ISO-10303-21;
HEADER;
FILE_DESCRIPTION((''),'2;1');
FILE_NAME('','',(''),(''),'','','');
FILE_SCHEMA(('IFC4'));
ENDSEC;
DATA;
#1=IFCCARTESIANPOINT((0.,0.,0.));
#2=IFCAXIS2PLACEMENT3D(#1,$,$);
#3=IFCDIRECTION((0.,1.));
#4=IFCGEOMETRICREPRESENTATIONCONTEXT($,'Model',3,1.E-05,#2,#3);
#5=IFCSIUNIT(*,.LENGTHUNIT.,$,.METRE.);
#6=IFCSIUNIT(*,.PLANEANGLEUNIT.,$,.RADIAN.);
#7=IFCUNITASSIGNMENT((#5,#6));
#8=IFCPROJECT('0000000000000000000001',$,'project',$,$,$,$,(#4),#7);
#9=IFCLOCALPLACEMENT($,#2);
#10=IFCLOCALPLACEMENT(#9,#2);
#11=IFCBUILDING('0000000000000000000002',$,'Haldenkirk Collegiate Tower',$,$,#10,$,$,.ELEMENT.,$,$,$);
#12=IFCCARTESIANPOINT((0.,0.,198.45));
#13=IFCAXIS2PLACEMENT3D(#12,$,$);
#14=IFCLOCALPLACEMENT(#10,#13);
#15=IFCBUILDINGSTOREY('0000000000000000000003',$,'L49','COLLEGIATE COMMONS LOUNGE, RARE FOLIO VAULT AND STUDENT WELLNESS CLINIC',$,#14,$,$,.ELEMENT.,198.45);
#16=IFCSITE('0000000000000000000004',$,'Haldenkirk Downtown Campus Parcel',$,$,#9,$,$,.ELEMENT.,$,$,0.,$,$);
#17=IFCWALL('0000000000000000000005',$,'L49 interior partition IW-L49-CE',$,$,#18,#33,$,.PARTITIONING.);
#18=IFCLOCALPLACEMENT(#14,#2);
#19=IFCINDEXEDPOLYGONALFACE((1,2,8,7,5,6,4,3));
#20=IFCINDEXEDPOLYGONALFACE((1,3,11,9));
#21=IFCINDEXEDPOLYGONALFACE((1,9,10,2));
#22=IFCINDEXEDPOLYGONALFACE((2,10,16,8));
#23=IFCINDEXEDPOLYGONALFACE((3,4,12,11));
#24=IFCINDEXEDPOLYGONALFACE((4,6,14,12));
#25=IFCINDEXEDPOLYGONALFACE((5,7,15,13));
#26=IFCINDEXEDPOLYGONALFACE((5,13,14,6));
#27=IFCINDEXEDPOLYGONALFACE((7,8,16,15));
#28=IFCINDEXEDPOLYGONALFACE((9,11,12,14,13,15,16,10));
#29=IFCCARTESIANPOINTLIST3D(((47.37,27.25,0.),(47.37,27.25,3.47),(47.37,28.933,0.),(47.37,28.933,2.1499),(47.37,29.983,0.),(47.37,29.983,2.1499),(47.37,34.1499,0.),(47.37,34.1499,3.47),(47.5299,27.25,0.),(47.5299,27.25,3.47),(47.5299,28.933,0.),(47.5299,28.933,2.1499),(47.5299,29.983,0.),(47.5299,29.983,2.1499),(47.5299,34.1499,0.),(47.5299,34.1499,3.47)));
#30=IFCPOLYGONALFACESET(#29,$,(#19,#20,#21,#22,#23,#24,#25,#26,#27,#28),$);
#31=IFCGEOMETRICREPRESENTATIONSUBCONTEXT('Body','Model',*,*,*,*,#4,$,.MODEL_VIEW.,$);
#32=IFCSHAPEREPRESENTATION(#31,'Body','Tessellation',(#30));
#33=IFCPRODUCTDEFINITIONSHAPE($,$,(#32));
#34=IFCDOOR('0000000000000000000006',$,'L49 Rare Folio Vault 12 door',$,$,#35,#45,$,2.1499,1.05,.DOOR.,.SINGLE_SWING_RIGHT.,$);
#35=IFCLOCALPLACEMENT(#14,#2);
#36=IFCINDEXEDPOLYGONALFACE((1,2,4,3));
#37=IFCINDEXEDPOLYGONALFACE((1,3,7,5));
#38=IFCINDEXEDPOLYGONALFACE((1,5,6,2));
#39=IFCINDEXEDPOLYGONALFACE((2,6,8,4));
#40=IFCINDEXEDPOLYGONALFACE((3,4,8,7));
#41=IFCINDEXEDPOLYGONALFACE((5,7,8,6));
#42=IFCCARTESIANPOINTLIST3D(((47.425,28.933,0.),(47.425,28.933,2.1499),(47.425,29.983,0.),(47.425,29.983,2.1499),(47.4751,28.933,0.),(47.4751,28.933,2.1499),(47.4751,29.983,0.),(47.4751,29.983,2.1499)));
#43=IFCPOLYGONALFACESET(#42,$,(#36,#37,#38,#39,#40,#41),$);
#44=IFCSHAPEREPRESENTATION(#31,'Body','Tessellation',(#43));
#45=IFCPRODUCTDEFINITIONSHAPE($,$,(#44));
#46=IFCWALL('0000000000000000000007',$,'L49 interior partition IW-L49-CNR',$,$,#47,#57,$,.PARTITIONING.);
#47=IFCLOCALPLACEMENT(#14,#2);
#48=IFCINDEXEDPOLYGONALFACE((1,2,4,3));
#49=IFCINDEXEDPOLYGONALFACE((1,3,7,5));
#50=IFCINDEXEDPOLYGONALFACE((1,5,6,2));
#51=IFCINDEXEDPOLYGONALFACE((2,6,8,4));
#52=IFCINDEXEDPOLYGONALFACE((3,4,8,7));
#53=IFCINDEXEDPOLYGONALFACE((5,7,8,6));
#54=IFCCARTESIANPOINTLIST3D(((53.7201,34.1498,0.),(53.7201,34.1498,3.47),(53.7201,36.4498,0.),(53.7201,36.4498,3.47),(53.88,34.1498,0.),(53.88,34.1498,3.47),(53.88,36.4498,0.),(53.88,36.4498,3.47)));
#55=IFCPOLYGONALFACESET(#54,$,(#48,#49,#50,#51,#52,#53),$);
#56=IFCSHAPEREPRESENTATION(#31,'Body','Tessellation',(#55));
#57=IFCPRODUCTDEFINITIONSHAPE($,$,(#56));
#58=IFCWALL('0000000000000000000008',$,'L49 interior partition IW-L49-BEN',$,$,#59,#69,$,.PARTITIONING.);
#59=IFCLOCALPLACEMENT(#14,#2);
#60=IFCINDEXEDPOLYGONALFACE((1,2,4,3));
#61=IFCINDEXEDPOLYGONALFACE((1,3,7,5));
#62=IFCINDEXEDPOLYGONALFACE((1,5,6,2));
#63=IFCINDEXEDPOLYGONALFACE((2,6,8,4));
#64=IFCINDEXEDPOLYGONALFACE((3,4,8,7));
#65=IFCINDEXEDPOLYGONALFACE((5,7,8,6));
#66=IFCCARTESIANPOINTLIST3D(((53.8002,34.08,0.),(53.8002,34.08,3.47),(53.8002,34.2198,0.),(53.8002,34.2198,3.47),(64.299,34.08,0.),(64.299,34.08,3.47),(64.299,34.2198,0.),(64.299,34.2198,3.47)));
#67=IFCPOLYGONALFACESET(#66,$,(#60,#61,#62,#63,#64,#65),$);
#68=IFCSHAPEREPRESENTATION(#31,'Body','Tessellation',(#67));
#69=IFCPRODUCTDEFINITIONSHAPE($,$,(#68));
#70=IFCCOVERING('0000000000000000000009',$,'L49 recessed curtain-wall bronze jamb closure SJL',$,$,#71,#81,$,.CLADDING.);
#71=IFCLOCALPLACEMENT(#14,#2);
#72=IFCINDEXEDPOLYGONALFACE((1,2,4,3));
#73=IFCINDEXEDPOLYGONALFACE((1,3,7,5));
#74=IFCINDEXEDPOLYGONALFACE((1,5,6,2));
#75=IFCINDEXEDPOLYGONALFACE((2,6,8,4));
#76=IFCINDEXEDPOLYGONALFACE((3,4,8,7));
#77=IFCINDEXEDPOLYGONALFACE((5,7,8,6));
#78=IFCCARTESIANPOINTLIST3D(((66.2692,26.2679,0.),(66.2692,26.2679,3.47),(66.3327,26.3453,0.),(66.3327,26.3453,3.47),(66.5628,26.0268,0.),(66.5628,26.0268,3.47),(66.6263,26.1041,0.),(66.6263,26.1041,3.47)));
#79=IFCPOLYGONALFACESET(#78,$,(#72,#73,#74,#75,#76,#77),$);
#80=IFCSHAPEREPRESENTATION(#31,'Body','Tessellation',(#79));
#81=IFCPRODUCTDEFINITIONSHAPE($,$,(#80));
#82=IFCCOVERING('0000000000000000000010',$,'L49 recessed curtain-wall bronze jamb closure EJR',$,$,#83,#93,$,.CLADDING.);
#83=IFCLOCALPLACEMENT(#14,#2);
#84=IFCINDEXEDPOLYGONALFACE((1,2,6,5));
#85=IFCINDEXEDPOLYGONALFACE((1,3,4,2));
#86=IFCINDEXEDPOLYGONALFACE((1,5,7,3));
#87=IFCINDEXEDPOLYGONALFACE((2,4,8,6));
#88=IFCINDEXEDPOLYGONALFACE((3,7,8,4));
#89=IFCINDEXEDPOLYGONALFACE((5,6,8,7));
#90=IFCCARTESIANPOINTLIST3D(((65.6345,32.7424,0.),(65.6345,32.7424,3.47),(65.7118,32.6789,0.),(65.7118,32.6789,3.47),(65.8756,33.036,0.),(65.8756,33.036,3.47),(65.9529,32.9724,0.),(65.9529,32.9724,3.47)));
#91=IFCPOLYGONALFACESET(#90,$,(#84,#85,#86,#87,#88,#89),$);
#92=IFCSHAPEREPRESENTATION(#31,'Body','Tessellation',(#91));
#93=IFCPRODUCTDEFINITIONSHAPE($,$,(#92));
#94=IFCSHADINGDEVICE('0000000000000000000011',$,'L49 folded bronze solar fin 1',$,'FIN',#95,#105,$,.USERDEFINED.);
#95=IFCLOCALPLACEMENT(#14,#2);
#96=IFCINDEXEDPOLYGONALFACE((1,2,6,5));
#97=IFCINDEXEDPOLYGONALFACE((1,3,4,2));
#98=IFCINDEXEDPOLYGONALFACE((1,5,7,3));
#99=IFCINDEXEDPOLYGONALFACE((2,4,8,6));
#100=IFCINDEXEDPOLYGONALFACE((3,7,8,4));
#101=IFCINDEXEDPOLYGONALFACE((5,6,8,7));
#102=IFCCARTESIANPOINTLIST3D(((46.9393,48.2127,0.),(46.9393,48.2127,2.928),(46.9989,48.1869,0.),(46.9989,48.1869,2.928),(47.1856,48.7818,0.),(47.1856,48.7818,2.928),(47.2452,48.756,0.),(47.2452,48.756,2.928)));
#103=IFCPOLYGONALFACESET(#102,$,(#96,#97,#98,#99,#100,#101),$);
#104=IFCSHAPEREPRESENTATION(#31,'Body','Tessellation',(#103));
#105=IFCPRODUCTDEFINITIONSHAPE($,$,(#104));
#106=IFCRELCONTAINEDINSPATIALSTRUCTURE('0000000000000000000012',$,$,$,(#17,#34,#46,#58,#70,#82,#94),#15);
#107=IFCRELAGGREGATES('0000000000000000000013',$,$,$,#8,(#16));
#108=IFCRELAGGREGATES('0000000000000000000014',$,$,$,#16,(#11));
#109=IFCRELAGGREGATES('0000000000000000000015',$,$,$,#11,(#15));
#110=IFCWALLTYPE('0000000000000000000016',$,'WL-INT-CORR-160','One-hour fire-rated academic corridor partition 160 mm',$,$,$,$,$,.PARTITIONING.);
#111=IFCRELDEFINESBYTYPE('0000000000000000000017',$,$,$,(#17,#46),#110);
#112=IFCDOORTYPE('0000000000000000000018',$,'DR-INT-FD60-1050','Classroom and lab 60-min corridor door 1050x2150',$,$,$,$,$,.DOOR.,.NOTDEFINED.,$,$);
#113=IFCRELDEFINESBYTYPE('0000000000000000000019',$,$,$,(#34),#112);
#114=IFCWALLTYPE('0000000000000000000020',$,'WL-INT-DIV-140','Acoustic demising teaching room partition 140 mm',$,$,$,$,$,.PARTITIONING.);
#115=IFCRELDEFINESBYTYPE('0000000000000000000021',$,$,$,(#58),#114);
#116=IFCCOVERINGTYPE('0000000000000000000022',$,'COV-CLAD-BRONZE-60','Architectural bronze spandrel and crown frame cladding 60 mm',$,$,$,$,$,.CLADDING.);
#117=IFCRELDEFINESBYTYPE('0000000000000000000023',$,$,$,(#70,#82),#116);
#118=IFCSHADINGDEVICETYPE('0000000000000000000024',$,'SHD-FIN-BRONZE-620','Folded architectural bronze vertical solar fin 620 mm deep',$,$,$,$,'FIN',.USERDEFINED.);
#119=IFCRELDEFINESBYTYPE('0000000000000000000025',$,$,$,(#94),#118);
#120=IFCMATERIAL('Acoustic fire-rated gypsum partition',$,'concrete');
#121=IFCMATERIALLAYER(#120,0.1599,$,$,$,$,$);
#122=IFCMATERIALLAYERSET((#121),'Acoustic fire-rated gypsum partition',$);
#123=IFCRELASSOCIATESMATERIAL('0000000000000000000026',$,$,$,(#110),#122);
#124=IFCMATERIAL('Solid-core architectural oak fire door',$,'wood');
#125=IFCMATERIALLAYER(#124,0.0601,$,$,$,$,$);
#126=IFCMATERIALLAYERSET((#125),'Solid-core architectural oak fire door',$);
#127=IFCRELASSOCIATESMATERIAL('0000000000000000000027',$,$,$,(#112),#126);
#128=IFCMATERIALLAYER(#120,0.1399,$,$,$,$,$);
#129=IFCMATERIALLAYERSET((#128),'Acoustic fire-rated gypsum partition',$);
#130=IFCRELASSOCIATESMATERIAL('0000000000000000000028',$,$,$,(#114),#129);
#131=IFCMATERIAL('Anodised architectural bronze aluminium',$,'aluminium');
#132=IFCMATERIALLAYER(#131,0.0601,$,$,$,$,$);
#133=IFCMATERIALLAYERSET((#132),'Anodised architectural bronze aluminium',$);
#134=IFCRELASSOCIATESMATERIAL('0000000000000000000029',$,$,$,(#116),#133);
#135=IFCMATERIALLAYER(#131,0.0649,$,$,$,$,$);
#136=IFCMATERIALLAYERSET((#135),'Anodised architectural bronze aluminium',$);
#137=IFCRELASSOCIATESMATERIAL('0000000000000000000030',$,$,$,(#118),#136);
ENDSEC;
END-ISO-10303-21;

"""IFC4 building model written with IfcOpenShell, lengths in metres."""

from ifc_helpers import new_model, si_unit, direction, frame, frame_2d, origin, origin_2d, place, context, subcontext, project, spatial, rectangle, extrude, source, transform, mapped, material, layer, layer_set, type_object, element, fill, save


model = new_model("IFC4")

# Units and contexts
model_context = context("Model", 3, precision=1e-05, world=origin(), true_north=direction((0.0, 1.0)))
body_context = subcontext(model_context, "Body", "Model", "MODEL_VIEW")
ifc_project = project(units=[si_unit("LENGTHUNIT", "METRE"), si_unit("PLANEANGLEUNIT", "RADIAN")], contexts=[model_context])

# Site, building, storey
site_placement = place(None, origin())
site = spatial("IfcSite", under=ifc_project, at=site_placement, Name="Haldenkirk Downtown Campus Parcel", CompositionType="ELEMENT", RefElevation=0.0)
building_placement = place(site_placement, origin())
building = spatial("IfcBuilding", under=site, at=building_placement, Name="Haldenkirk Collegiate Tower", CompositionType="ELEMENT")
storey_placement = place(building_placement, frame((0.0, 0.0, 198.45)))
storey = spatial("IfcBuildingStorey", under=building, at=storey_placement, Name="L49", Description="COLLEGIATE COMMONS LOUNGE, RARE FOLIO VAULT AND STUDENT WELLNESS CLINIC", CompositionType="ELEMENT", Elevation=198.45)

# Shared definitions
ifc_material_1 = material(Name="Anodised architectural bronze aluminium", Category="aluminium")

# Shared definitions
ifc_material_2 = material(Name="Acoustic fire-rated gypsum partition", Category="concrete")
ifc_layer_1 = layer(ifc_material_2, 0.1599)
ifc_layer_set_1 = layer_set([ifc_layer_1], Name="Acoustic fire-rated gypsum partition")
wall_type_1 = type_object("IfcWallType", Name="WL-INT-CORR-160", Description="One-hour fire-rated academic corridor partition 160 mm", PredefinedType="PARTITIONING", material=ifc_layer_set_1)

# Wall, opening, door
wall_1_placement = place(storey_placement, frame((47.45, 27.25, 0.0), z_axis=(0.0, 0.0, 1.0), x_axis=(0.0, 1.0, 0.0)))
wall_1 = element("IfcWall", 1, at=wall_1_placement, inside=storey, type_object=wall_type_1, Name="L49 interior partition IW-L49-CE", PredefinedType="PARTITIONING", context=body_context, shape_type="SweptSolid", body=[
    extrude(rectangle(XDim=6.8999, YDim=0.1599, at=frame_2d((3.45, 0.0))), origin(), (0.0, 0.0, 1.0), 3.47),
])
opening_1_placement = place(wall_1_placement, frame((1.6831, 0.0, 0.0)))
opening_1 = element("IfcOpeningElement", 2, at=opening_1_placement, cuts=wall_1, PredefinedType="OPENING", context=body_context, shape_type="SweptSolid", body=[
    extrude(rectangle(XDim=1.05, YDim=2.1499, at=frame_2d((0.5249, 1.075))), frame((0.0, 0.0898, 0.0), z_axis=(0.0, -1.0, 0.0), x_axis=(1.0, 0.0, 0.0)), (0.0, 0.0, 1.0), 0.1799),
])
ifc_material_3 = material(Name="Solid-core architectural oak fire door", Category="wood")
ifc_layer_2 = layer(ifc_material_3, 0.0601)
ifc_layer_set_2 = layer_set([ifc_layer_2], Name="Solid-core architectural oak fire door")
door_type = type_object("IfcDoorType", Name="DR-INT-FD60-1050", Description="Classroom and lab 60-min corridor door 1050x2150", OperationType="NOTDEFINED", PredefinedType="DOOR", material=ifc_layer_set_2)
door_placement = place(opening_1_placement, origin())
door = element("IfcDoor", 3, at=door_placement, inside=storey, type_object=door_type, Name="L49 Rare Folio Vault 12 door", OperationType="SINGLE_SWING_RIGHT", OverallHeight=2.1499, OverallWidth=1.05, PredefinedType="DOOR", context=body_context, shape_type="SweptSolid", body=[
    extrude(rectangle(XDim=1.05, YDim=2.1499, at=frame_2d((0.5249, 1.075))), frame((0.0, 0.0249, 0.0), z_axis=(0.0, -1.0, 0.0), x_axis=(1.0, 0.0, 0.0)), (0.0, 0.0, 1.0), 0.05),
])
fill(opening_1, door)

# Walls
wall_2_placement = place(storey_placement, frame((53.8, 34.1499, 0.0), z_axis=(0.0, 0.0, 1.0), x_axis=(0.0, 1.0, 0.0)))
element("IfcWall", 4, at=wall_2_placement, inside=storey, type_object=wall_type_1, Name="L49 interior partition IW-L49-CNR", PredefinedType="PARTITIONING", context=body_context, shape_type="SweptSolid", body=[
    extrude(rectangle(XDim=2.3, YDim=0.1599, at=frame_2d((1.1499, 0.0))), origin(), (0.0, 0.0, 1.0), 3.47),
])
ifc_layer_3 = layer(ifc_material_2, 0.1399)
ifc_layer_set_3 = layer_set([ifc_layer_3], Name="Acoustic fire-rated gypsum partition")
wall_type_2 = type_object("IfcWallType", Name="WL-INT-DIV-140", Description="Acoustic demising teaching room partition 140 mm", PredefinedType="PARTITIONING", material=ifc_layer_set_3)
wall_3_placement = place(storey_placement, frame((53.8, 34.1499, 0.0), z_axis=(0.0, 0.0, 1.0), x_axis=(1.0, 0.0, 0.0)))
element("IfcWall", 5, at=wall_3_placement, inside=storey, type_object=wall_type_2, Name="L49 interior partition IW-L49-BEN", PredefinedType="PARTITIONING", context=body_context, shape_type="SweptSolid", body=[
    extrude(rectangle(XDim=10.4988, YDim=0.1399, at=frame_2d((5.2495, 0.0))), origin(), (0.0, 0.0, 1.0), 3.47),
])

# Coverings
ifc_layer_4 = layer(ifc_material_1, 0.0601)
ifc_layer_set_4 = layer_set([ifc_layer_4], Name="Anodised architectural bronze aluminium")
covering_type = type_object("IfcCoveringType", Name="COV-CLAD-BRONZE-60", Description="Architectural bronze spandrel and crown frame cladding 60 mm", PredefinedType="CLADDING", material=ifc_layer_set_4)
shared_shape_1 = source(origin(), body_context, "Body", "SweptSolid", [
    extrude(rectangle(XDim=0.1001, YDim=0.3799, at=origin_2d()), origin(), (0.0, 0.0, 1.0), 3.47),
])
for number, where, z_axis, x_axis, name in (
    (6, (66.4478, 26.186, 0.0), (0.0, 0.0, 1.0), (-0.634731, -0.772734, 0.0), "L49 recessed curtain-wall bronze jamb closure SJL"),
    (7, (65.7937, 32.8574, 0.0), (0.0, 0.0, 1.0), (0.772734, -0.634731, 0.0), "L49 recessed curtain-wall bronze jamb closure EJR"),
):
    element("IfcCovering", number, at=place(storey_placement, frame(where, z_axis=z_axis, x_axis=x_axis)), inside=storey, type_object=covering_type, Name=name, PredefinedType="CLADDING", context=body_context, shape_type="MappedRepresentation", body=[
        mapped(shared_shape_1, transform((0.0, 0.0, 0.0), x_axis=(1.0, 0.0, 0.0), y_axis=(0.0, 1.0, 0.0), z_axis=(0.0, 0.0, 1.0), scale=1.0)),
    ])

# Shading device
ifc_layer_5 = layer(ifc_material_1, 0.0649)
ifc_layer_set_5 = layer_set([ifc_layer_5], Name="Anodised architectural bronze aluminium")
shading_device_type = type_object("IfcShadingDeviceType", Name="SHD-FIN-BRONZE-620", Description="Folded architectural bronze vertical solar fin 620 mm deep", ElementType="FIN", PredefinedType="USERDEFINED", material=ifc_layer_set_5)
shared_shape_2 = source(origin(), body_context, "Body", "SweptSolid", [
    extrude(rectangle(XDim=0.6201, YDim=0.0649, at=origin_2d()), origin(), (0.0, 0.0, 1.0), 2.928),
])
shading_device_placement = place(storey_placement, frame((47.0923, 48.4844, 0.0), z_axis=(0.0, 0.0, 1.0), x_axis=(0.397148, 0.917755, 0.0)))
element("IfcShadingDevice", 8, at=shading_device_placement, inside=storey, type_object=shading_device_type, Name="L49 folded bronze solar fin 1", ObjectType="FIN", PredefinedType="USERDEFINED", context=body_context, shape_type="MappedRepresentation", body=[
    mapped(shared_shape_2, transform((0.0, 0.0, 0.0), x_axis=(1.0, 0.0, 0.0), y_axis=(0.0, 1.0, 0.0), z_axis=(0.0, 0.0, 1.0), scale=1.0)),
])

save(model, "model.ifc")
